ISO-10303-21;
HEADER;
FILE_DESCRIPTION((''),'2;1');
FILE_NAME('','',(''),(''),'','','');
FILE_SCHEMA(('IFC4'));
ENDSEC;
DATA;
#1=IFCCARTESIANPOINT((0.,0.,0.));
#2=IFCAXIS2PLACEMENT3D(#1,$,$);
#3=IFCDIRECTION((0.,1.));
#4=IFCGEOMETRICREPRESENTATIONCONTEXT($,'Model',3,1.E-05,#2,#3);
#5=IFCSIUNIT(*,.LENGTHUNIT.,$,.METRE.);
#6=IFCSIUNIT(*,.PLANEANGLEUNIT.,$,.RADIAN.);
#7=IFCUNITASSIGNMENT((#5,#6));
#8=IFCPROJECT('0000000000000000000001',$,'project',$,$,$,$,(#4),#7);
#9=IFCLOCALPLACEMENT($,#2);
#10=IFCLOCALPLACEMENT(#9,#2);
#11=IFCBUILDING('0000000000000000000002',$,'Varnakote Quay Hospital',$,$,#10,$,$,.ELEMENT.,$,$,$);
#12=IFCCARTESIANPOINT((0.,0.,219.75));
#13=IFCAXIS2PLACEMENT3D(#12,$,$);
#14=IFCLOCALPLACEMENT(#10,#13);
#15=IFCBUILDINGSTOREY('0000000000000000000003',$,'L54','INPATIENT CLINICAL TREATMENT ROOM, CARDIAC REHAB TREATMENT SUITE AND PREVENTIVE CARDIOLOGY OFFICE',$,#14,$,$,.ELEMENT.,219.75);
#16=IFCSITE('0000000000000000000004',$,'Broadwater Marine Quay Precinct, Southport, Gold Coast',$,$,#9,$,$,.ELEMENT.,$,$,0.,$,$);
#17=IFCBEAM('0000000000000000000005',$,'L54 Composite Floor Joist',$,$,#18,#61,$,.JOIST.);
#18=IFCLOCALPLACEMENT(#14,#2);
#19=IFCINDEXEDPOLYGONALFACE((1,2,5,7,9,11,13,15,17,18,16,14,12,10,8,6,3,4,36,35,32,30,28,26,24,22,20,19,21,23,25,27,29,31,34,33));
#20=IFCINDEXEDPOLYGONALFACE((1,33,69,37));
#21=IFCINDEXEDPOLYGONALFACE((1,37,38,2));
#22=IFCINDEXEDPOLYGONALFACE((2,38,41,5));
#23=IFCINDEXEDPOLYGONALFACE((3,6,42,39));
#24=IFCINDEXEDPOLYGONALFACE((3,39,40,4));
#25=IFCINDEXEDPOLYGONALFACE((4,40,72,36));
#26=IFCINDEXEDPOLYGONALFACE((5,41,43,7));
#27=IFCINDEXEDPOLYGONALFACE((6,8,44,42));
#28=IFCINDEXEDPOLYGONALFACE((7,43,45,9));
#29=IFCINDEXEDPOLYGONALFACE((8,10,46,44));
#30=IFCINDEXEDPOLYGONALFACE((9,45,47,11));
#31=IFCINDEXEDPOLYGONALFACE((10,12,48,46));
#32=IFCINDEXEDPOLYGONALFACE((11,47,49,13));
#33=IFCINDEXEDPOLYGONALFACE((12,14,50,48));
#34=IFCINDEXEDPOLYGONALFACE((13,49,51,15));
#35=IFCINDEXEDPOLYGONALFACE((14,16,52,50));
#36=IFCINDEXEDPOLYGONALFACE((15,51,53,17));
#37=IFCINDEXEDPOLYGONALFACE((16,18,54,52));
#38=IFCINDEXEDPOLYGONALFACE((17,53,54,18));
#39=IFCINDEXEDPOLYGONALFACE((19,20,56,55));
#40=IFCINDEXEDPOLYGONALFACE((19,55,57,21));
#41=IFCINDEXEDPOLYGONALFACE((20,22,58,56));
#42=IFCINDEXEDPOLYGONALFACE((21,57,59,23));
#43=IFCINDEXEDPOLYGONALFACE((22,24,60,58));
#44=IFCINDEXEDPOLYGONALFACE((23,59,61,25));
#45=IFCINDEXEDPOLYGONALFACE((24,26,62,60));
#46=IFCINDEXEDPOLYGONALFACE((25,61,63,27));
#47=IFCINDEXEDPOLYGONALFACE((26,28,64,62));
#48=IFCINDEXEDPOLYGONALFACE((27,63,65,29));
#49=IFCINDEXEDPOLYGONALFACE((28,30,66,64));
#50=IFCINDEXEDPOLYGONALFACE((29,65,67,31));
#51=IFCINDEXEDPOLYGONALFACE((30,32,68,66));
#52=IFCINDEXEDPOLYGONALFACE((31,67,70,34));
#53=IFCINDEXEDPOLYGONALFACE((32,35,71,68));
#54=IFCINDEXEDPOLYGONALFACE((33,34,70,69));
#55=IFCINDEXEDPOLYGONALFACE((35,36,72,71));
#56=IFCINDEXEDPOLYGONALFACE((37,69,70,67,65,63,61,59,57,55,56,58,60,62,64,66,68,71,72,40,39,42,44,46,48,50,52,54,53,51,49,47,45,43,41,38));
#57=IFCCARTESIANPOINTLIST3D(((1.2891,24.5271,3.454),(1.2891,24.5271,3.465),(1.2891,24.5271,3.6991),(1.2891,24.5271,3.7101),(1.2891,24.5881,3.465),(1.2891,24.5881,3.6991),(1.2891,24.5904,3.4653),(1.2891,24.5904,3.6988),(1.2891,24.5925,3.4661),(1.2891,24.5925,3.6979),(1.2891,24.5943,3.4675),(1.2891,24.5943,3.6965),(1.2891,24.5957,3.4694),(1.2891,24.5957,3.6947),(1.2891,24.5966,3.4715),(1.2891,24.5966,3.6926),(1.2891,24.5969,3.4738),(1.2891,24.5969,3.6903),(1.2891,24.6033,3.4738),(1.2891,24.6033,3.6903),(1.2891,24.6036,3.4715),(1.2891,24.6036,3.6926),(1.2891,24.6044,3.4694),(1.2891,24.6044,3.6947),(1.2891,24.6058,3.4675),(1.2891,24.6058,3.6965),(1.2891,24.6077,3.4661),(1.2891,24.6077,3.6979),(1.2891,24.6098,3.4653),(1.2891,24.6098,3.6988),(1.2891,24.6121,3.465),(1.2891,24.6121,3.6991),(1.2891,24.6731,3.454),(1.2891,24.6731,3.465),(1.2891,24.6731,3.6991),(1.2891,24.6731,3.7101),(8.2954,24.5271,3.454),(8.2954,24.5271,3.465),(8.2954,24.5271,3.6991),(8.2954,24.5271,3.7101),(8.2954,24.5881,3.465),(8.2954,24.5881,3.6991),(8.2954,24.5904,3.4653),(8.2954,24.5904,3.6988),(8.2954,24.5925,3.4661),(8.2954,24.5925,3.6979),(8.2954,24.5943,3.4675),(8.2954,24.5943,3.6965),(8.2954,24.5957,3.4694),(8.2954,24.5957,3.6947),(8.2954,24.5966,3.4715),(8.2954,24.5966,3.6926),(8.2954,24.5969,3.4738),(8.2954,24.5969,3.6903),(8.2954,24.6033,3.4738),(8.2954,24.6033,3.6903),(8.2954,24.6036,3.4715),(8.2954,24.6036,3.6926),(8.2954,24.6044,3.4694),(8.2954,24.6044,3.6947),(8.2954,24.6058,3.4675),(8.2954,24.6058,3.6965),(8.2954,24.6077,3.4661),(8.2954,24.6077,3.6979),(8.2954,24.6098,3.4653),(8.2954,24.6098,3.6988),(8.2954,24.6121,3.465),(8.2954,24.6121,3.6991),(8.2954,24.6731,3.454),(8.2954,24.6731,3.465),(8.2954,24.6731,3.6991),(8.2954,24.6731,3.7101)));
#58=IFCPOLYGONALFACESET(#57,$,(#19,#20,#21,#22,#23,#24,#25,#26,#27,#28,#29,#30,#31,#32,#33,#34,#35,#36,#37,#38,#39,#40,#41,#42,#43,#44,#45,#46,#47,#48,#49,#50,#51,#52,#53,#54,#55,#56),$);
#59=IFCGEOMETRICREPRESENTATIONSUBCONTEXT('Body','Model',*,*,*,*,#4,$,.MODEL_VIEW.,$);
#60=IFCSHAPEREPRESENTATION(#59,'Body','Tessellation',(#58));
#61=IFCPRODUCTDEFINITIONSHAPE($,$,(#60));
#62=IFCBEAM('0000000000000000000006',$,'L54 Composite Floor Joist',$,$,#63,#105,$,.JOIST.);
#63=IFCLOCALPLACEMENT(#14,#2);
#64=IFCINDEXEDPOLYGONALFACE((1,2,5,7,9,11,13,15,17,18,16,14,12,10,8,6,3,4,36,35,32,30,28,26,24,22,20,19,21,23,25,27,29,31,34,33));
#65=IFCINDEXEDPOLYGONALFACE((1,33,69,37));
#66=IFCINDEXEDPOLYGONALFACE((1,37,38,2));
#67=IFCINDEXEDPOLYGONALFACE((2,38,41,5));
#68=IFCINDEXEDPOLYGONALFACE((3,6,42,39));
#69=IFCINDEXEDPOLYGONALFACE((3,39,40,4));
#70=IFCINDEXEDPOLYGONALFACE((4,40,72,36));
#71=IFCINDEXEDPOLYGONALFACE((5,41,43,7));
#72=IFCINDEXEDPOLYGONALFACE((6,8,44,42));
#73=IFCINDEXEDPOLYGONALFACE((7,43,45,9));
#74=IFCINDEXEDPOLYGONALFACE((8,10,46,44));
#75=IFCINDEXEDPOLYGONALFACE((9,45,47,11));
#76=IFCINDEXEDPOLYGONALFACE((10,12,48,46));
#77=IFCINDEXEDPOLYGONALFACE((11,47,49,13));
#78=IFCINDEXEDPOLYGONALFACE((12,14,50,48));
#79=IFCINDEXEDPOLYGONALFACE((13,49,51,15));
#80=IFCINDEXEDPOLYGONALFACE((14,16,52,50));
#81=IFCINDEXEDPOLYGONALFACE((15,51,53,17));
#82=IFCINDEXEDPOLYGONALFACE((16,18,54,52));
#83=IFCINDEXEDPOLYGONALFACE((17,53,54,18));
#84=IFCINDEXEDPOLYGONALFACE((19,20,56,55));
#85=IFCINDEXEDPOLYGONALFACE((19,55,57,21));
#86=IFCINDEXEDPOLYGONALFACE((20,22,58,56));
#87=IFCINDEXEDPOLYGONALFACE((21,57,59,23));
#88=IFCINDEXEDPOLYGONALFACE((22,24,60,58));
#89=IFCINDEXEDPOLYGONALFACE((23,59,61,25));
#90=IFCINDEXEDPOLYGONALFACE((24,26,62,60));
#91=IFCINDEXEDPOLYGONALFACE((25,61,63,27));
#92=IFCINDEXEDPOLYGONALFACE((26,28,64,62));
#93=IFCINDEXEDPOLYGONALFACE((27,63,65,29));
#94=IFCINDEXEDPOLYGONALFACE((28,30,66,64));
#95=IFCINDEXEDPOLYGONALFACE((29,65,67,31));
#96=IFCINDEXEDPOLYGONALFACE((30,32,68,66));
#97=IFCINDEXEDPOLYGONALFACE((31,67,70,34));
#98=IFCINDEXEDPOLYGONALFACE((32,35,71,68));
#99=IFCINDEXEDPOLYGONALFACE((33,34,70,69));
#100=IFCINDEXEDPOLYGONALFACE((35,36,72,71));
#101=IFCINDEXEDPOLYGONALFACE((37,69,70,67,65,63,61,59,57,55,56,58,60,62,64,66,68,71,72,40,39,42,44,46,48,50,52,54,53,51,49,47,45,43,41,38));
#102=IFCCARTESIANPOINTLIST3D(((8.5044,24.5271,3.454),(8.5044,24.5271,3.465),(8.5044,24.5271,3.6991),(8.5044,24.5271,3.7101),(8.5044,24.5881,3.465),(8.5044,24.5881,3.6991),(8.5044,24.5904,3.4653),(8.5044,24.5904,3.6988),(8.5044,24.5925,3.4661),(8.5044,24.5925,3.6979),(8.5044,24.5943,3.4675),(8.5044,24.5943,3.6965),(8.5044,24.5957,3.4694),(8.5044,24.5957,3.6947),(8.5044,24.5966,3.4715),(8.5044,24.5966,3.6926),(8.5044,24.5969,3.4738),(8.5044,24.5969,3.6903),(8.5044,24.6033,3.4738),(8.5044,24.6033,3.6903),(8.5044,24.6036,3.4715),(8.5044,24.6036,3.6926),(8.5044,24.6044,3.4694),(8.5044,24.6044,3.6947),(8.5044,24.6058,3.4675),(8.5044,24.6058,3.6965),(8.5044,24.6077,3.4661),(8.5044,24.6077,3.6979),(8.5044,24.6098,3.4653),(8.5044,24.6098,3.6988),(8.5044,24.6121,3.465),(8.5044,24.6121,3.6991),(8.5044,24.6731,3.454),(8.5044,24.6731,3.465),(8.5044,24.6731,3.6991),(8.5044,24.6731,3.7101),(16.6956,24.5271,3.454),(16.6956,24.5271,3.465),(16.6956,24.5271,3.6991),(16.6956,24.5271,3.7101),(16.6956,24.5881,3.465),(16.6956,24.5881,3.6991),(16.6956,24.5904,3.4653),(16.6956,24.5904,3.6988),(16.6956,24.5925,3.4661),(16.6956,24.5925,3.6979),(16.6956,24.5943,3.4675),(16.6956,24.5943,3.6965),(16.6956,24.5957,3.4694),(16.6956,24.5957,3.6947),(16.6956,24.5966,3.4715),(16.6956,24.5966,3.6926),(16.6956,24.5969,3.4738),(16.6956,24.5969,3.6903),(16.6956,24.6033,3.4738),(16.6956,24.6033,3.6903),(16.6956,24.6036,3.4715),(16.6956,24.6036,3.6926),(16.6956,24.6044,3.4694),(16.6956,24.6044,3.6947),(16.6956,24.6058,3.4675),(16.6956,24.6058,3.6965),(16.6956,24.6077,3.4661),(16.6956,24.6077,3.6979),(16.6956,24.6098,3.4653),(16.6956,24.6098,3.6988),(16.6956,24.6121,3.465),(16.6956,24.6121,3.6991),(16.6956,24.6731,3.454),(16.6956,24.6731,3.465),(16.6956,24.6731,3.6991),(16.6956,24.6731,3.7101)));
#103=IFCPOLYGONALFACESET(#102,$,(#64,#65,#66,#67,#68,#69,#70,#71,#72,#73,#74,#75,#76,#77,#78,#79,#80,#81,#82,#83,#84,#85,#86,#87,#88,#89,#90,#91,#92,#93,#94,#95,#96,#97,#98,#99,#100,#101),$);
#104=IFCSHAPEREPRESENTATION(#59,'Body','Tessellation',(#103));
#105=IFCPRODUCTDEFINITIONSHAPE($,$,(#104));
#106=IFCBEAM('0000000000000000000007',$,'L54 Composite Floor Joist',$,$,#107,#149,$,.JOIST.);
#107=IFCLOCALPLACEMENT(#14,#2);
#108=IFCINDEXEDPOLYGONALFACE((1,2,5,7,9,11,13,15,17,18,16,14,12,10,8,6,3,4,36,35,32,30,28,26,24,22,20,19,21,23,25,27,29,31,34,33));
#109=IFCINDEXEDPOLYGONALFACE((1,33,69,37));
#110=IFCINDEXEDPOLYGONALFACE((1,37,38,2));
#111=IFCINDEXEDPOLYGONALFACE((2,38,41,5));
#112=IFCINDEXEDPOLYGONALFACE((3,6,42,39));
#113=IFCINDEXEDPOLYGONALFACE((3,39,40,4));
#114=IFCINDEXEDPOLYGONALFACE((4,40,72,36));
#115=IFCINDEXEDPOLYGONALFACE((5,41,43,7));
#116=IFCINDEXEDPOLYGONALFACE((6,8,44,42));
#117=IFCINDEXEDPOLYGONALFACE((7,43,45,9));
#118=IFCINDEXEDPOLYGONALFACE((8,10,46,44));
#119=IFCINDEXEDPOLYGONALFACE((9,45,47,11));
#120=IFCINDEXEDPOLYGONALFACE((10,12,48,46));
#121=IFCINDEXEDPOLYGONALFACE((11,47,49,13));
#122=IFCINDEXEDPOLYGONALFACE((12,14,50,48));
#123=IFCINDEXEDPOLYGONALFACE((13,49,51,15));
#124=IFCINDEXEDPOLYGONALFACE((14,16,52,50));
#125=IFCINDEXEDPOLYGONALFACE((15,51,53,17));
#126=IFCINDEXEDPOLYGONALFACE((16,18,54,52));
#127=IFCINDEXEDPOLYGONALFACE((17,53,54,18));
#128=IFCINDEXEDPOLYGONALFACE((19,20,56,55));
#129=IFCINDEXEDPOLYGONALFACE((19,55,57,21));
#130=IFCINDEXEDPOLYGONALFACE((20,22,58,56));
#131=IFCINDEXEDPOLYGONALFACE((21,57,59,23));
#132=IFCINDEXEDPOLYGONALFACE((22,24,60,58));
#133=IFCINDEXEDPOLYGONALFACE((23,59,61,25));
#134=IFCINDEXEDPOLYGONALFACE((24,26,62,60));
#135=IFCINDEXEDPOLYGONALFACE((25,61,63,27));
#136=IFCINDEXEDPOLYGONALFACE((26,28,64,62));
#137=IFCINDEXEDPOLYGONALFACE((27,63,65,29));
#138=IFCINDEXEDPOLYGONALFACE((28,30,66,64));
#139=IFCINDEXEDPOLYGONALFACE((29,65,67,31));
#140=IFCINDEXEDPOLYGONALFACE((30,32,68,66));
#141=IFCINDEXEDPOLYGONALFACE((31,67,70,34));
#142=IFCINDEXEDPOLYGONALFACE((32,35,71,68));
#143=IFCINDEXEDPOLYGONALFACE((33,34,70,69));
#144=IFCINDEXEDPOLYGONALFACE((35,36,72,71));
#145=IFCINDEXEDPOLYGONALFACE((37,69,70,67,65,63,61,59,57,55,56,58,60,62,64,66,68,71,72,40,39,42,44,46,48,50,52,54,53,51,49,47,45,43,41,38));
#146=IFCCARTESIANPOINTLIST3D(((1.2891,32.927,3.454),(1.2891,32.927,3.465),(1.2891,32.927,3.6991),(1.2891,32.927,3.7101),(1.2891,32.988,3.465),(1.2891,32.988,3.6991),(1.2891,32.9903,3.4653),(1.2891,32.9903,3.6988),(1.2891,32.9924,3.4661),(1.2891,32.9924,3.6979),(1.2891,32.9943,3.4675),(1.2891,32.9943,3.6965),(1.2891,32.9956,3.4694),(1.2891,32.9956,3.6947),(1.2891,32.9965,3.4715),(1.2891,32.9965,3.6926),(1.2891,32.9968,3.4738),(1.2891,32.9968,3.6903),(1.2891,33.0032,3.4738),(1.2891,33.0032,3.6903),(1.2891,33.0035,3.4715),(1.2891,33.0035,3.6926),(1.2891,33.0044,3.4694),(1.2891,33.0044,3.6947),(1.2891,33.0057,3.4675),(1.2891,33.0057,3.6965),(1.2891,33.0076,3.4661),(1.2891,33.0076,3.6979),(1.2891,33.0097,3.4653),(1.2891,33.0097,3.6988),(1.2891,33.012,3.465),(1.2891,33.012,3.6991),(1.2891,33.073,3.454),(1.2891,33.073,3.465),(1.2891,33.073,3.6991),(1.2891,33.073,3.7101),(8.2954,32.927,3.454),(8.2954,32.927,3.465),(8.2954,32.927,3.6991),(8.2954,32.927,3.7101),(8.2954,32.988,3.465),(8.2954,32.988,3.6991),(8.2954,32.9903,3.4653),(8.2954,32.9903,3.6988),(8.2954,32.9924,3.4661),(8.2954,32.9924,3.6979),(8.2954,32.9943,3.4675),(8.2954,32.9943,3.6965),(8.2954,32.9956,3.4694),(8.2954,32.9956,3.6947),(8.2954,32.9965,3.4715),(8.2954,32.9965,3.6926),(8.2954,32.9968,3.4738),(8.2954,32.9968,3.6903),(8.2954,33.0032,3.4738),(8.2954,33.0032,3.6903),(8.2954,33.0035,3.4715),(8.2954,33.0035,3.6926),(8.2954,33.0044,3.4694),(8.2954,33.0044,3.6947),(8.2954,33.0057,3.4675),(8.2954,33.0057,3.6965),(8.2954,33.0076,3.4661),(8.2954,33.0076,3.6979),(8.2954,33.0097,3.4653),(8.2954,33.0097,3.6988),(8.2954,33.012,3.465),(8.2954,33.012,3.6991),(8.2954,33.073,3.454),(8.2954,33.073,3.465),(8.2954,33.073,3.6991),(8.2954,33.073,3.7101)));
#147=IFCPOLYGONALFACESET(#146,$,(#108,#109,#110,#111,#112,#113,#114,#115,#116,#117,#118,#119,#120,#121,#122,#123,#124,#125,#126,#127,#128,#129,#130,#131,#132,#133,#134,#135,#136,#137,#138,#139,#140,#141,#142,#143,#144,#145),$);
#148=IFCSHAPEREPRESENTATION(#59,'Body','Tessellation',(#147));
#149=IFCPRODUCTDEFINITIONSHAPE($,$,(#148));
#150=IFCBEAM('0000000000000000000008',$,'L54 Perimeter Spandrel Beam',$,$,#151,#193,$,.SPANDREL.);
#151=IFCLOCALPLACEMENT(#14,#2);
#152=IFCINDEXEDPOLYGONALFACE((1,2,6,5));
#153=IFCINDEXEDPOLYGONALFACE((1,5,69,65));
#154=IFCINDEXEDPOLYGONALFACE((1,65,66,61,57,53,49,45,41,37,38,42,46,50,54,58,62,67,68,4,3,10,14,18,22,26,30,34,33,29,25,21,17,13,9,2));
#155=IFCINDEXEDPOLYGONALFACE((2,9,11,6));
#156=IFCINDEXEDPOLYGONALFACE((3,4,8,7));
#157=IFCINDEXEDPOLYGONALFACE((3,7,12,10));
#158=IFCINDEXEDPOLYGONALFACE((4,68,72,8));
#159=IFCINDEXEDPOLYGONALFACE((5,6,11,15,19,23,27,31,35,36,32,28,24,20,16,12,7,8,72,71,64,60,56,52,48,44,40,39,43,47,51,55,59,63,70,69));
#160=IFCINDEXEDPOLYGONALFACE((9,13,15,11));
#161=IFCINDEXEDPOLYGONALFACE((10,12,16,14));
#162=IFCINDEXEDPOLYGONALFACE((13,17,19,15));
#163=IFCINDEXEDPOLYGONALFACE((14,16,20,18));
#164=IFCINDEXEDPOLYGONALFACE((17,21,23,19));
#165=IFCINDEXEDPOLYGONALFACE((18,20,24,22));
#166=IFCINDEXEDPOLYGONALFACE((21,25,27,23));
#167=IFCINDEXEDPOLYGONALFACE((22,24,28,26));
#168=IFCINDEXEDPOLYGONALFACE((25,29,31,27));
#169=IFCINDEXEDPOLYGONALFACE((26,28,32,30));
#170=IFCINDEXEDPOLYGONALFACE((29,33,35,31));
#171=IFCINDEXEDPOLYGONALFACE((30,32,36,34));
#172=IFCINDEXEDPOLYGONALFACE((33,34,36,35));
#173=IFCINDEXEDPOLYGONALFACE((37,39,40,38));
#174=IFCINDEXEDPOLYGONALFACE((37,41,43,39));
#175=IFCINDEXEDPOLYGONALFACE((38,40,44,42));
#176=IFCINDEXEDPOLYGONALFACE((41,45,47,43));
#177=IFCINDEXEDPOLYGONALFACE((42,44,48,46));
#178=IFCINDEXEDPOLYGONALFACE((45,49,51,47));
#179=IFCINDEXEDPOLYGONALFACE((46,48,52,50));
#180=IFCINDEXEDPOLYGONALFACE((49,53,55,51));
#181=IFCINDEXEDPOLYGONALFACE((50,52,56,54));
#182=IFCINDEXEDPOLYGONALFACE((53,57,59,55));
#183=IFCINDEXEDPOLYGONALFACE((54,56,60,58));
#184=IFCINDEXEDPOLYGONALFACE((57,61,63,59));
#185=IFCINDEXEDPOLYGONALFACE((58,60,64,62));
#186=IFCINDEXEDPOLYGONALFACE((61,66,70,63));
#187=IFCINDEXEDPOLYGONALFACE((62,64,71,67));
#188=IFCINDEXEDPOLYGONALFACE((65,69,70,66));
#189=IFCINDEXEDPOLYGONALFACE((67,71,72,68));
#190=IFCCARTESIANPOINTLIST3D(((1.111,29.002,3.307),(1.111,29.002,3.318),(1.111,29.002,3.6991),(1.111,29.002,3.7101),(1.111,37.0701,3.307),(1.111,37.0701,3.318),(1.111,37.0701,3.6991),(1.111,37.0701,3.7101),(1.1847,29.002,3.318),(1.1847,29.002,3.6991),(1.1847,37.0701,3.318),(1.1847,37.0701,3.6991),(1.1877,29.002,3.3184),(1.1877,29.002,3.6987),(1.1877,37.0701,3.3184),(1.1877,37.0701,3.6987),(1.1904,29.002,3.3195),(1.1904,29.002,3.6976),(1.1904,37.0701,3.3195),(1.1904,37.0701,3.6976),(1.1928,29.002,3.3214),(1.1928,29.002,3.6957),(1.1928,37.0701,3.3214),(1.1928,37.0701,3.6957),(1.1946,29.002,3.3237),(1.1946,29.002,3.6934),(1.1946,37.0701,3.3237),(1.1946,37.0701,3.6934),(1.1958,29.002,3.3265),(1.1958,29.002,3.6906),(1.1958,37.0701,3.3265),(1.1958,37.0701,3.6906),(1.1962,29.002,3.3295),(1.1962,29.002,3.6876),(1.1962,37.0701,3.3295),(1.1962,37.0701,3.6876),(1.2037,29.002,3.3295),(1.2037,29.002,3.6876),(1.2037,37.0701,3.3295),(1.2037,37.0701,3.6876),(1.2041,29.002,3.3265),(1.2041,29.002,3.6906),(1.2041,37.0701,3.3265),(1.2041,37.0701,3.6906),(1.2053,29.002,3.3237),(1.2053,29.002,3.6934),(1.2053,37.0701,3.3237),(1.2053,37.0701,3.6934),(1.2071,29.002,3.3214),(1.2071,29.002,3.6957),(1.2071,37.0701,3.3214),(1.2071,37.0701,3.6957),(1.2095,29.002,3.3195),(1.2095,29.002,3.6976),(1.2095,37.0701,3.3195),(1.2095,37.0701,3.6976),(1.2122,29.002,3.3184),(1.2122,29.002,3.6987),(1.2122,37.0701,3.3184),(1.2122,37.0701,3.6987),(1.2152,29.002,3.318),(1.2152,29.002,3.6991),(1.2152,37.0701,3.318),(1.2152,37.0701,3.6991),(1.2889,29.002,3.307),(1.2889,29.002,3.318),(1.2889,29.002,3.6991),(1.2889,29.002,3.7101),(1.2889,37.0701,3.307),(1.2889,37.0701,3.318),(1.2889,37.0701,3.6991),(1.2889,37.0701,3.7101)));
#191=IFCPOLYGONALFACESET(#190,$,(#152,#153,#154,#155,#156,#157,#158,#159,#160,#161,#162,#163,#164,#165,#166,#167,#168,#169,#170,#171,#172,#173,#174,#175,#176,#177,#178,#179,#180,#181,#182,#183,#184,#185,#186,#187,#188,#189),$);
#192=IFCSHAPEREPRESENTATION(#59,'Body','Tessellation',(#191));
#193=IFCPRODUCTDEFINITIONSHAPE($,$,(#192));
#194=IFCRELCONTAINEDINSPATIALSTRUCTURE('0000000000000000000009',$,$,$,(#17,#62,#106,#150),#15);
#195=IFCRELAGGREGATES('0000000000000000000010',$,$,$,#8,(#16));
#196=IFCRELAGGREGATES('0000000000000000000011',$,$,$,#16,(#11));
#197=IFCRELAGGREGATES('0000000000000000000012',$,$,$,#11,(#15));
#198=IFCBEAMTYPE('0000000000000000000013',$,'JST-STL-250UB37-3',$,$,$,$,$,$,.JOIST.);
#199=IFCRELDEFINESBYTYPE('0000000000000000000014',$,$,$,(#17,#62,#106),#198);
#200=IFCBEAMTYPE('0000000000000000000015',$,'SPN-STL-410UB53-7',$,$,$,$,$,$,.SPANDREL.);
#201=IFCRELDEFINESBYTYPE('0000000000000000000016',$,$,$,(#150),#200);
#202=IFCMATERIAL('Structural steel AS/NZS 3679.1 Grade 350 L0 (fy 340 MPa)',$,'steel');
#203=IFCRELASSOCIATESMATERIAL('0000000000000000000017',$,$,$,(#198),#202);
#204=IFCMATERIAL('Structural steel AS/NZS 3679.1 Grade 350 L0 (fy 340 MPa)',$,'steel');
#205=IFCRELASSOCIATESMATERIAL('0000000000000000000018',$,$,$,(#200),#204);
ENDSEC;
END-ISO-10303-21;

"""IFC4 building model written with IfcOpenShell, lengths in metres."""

from ifc_helpers import new_model, si_unit, direction, frame, origin, origin_2d, place, context, subcontext, project, spatial, i_section, extrude, material, material_profile, profile_set, type_object, element, save


model = new_model("IFC4")

# Units and contexts
model_context = context("Model", 3, precision=1e-05, world=origin(), true_north=direction((0.0, 1.0)))
body_context = subcontext(model_context, "Body", "Model", "MODEL_VIEW")
ifc_project = project(units=[si_unit("LENGTHUNIT", "METRE"), si_unit("PLANEANGLEUNIT", "RADIAN")], contexts=[model_context])

# Site, building, storey
site_placement = place(None, origin())
site = spatial("IfcSite", under=ifc_project, at=site_placement, Name="Broadwater Marine Quay Precinct, Southport, Gold Coast", CompositionType="ELEMENT", RefElevation=0.0)
building_placement = place(site_placement, origin())
building = spatial("IfcBuilding", under=site, at=building_placement, Name="Varnakote Quay Hospital", CompositionType="ELEMENT")
storey_placement = place(building_placement, frame((0.0, 0.0, 219.75)))
storey = spatial("IfcBuildingStorey", under=building, at=storey_placement, Name="L54", Description="INPATIENT CLINICAL TREATMENT ROOM, CARDIAC REHAB TREATMENT SUITE AND PREVENTIVE CARDIOLOGY OFFICE", CompositionType="ELEMENT", Elevation=219.75)

# Beams
ifc_material_1 = material(Name="Structural steel AS/NZS 3679.1 Grade 350 L0 (fy 340 MPa)", Category="steel")
ifc_material_profile_1 = material_profile(ifc_material_1, i_section(OverallWidth=0.146, OverallDepth=0.2561, WebThickness=0.0063, FlangeThickness=0.011, FilletRadius=0.0088, at=origin_2d()), Name="250UB37.3")
ifc_profile_set_1 = profile_set([ifc_material_profile_1], Name="Structural steel AS/NZS 3679.1 Grade 350 L0 (fy 340 MPa)")
beam_type_1 = type_object("IfcBeamType", Name="JST-STL-250UB37-3", PredefinedType="JOIST", material=ifc_profile_set_1)
beam_1_placement = place(storey_placement, frame((1.2891, 24.6001, 3.582), z_axis=(1.0, 0.0, 0.0), x_axis=(0.0, 1.0, 0.0)))
element("IfcBeam", 1, at=beam_1_placement, inside=storey, type_object=beam_type_1, Name="L54 Composite Floor Joist", PredefinedType="JOIST", context=body_context, shape_type="SweptSolid", body=[
    extrude(i_section(OverallWidth=0.146, OverallDepth=0.2561, WebThickness=0.0063, FlangeThickness=0.011, FilletRadius=0.0088, at=origin_2d()), origin(), (0.0, 0.0, 1.0), 7.0063),
])
beam_2_placement = place(storey_placement, frame((8.5044, 24.6001, 3.582), z_axis=(1.0, 0.0, 0.0), x_axis=(0.0, 1.0, 0.0)))
element("IfcBeam", 2, at=beam_2_placement, inside=storey, type_object=beam_type_1, Name="L54 Composite Floor Joist", PredefinedType="JOIST", context=body_context, shape_type="SweptSolid", body=[
    extrude(i_section(OverallWidth=0.146, OverallDepth=0.2561, WebThickness=0.0063, FlangeThickness=0.011, FilletRadius=0.0088, at=origin_2d()), origin(), (0.0, 0.0, 1.0), 8.1912),
])
beam_3_placement = place(storey_placement, frame((1.2891, 33.0, 3.582), z_axis=(1.0, 0.0, 0.0), x_axis=(0.0, 1.0, 0.0)))
element("IfcBeam", 3, at=beam_3_placement, inside=storey, type_object=beam_type_1, Name="L54 Composite Floor Joist", PredefinedType="JOIST", context=body_context, shape_type="SweptSolid", body=[
    extrude(i_section(OverallWidth=0.146, OverallDepth=0.2561, WebThickness=0.0063, FlangeThickness=0.011, FilletRadius=0.0088, at=origin_2d()), origin(), (0.0, 0.0, 1.0), 7.0063),
])
ifc_material_2 = material(Name="Structural steel AS/NZS 3679.1 Grade 350 L0 (fy 340 MPa)", Category="steel")
ifc_material_profile_2 = material_profile(ifc_material_2, i_section(OverallWidth=0.178, OverallDepth=0.4031, WebThickness=0.0076, FlangeThickness=0.011, FilletRadius=0.0115, at=origin_2d()), Name="410UB53.7")
ifc_profile_set_2 = profile_set([ifc_material_profile_2], Name="Structural steel AS/NZS 3679.1 Grade 350 L0 (fy 340 MPa)")
beam_type_2 = type_object("IfcBeamType", Name="SPN-STL-410UB53-7", PredefinedType="SPANDREL", material=ifc_profile_set_2)
beam_4_placement = place(storey_placement, frame((1.2, 29.002, 3.5085), z_axis=(0.0, 1.0, 0.0), x_axis=(-1.0, 0.0, 0.0)))
element("IfcBeam", 4, at=beam_4_placement, inside=storey, type_object=beam_type_2, Name="L54 Perimeter Spandrel Beam", PredefinedType="SPANDREL", context=body_context, shape_type="SweptSolid", body=[
    extrude(i_section(OverallWidth=0.178, OverallDepth=0.4031, WebThickness=0.0076, FlangeThickness=0.011, FilletRadius=0.0115, at=origin_2d()), origin(), (0.0, 0.0, 1.0), 8.0681),
])

save(model, "model.ifc")
